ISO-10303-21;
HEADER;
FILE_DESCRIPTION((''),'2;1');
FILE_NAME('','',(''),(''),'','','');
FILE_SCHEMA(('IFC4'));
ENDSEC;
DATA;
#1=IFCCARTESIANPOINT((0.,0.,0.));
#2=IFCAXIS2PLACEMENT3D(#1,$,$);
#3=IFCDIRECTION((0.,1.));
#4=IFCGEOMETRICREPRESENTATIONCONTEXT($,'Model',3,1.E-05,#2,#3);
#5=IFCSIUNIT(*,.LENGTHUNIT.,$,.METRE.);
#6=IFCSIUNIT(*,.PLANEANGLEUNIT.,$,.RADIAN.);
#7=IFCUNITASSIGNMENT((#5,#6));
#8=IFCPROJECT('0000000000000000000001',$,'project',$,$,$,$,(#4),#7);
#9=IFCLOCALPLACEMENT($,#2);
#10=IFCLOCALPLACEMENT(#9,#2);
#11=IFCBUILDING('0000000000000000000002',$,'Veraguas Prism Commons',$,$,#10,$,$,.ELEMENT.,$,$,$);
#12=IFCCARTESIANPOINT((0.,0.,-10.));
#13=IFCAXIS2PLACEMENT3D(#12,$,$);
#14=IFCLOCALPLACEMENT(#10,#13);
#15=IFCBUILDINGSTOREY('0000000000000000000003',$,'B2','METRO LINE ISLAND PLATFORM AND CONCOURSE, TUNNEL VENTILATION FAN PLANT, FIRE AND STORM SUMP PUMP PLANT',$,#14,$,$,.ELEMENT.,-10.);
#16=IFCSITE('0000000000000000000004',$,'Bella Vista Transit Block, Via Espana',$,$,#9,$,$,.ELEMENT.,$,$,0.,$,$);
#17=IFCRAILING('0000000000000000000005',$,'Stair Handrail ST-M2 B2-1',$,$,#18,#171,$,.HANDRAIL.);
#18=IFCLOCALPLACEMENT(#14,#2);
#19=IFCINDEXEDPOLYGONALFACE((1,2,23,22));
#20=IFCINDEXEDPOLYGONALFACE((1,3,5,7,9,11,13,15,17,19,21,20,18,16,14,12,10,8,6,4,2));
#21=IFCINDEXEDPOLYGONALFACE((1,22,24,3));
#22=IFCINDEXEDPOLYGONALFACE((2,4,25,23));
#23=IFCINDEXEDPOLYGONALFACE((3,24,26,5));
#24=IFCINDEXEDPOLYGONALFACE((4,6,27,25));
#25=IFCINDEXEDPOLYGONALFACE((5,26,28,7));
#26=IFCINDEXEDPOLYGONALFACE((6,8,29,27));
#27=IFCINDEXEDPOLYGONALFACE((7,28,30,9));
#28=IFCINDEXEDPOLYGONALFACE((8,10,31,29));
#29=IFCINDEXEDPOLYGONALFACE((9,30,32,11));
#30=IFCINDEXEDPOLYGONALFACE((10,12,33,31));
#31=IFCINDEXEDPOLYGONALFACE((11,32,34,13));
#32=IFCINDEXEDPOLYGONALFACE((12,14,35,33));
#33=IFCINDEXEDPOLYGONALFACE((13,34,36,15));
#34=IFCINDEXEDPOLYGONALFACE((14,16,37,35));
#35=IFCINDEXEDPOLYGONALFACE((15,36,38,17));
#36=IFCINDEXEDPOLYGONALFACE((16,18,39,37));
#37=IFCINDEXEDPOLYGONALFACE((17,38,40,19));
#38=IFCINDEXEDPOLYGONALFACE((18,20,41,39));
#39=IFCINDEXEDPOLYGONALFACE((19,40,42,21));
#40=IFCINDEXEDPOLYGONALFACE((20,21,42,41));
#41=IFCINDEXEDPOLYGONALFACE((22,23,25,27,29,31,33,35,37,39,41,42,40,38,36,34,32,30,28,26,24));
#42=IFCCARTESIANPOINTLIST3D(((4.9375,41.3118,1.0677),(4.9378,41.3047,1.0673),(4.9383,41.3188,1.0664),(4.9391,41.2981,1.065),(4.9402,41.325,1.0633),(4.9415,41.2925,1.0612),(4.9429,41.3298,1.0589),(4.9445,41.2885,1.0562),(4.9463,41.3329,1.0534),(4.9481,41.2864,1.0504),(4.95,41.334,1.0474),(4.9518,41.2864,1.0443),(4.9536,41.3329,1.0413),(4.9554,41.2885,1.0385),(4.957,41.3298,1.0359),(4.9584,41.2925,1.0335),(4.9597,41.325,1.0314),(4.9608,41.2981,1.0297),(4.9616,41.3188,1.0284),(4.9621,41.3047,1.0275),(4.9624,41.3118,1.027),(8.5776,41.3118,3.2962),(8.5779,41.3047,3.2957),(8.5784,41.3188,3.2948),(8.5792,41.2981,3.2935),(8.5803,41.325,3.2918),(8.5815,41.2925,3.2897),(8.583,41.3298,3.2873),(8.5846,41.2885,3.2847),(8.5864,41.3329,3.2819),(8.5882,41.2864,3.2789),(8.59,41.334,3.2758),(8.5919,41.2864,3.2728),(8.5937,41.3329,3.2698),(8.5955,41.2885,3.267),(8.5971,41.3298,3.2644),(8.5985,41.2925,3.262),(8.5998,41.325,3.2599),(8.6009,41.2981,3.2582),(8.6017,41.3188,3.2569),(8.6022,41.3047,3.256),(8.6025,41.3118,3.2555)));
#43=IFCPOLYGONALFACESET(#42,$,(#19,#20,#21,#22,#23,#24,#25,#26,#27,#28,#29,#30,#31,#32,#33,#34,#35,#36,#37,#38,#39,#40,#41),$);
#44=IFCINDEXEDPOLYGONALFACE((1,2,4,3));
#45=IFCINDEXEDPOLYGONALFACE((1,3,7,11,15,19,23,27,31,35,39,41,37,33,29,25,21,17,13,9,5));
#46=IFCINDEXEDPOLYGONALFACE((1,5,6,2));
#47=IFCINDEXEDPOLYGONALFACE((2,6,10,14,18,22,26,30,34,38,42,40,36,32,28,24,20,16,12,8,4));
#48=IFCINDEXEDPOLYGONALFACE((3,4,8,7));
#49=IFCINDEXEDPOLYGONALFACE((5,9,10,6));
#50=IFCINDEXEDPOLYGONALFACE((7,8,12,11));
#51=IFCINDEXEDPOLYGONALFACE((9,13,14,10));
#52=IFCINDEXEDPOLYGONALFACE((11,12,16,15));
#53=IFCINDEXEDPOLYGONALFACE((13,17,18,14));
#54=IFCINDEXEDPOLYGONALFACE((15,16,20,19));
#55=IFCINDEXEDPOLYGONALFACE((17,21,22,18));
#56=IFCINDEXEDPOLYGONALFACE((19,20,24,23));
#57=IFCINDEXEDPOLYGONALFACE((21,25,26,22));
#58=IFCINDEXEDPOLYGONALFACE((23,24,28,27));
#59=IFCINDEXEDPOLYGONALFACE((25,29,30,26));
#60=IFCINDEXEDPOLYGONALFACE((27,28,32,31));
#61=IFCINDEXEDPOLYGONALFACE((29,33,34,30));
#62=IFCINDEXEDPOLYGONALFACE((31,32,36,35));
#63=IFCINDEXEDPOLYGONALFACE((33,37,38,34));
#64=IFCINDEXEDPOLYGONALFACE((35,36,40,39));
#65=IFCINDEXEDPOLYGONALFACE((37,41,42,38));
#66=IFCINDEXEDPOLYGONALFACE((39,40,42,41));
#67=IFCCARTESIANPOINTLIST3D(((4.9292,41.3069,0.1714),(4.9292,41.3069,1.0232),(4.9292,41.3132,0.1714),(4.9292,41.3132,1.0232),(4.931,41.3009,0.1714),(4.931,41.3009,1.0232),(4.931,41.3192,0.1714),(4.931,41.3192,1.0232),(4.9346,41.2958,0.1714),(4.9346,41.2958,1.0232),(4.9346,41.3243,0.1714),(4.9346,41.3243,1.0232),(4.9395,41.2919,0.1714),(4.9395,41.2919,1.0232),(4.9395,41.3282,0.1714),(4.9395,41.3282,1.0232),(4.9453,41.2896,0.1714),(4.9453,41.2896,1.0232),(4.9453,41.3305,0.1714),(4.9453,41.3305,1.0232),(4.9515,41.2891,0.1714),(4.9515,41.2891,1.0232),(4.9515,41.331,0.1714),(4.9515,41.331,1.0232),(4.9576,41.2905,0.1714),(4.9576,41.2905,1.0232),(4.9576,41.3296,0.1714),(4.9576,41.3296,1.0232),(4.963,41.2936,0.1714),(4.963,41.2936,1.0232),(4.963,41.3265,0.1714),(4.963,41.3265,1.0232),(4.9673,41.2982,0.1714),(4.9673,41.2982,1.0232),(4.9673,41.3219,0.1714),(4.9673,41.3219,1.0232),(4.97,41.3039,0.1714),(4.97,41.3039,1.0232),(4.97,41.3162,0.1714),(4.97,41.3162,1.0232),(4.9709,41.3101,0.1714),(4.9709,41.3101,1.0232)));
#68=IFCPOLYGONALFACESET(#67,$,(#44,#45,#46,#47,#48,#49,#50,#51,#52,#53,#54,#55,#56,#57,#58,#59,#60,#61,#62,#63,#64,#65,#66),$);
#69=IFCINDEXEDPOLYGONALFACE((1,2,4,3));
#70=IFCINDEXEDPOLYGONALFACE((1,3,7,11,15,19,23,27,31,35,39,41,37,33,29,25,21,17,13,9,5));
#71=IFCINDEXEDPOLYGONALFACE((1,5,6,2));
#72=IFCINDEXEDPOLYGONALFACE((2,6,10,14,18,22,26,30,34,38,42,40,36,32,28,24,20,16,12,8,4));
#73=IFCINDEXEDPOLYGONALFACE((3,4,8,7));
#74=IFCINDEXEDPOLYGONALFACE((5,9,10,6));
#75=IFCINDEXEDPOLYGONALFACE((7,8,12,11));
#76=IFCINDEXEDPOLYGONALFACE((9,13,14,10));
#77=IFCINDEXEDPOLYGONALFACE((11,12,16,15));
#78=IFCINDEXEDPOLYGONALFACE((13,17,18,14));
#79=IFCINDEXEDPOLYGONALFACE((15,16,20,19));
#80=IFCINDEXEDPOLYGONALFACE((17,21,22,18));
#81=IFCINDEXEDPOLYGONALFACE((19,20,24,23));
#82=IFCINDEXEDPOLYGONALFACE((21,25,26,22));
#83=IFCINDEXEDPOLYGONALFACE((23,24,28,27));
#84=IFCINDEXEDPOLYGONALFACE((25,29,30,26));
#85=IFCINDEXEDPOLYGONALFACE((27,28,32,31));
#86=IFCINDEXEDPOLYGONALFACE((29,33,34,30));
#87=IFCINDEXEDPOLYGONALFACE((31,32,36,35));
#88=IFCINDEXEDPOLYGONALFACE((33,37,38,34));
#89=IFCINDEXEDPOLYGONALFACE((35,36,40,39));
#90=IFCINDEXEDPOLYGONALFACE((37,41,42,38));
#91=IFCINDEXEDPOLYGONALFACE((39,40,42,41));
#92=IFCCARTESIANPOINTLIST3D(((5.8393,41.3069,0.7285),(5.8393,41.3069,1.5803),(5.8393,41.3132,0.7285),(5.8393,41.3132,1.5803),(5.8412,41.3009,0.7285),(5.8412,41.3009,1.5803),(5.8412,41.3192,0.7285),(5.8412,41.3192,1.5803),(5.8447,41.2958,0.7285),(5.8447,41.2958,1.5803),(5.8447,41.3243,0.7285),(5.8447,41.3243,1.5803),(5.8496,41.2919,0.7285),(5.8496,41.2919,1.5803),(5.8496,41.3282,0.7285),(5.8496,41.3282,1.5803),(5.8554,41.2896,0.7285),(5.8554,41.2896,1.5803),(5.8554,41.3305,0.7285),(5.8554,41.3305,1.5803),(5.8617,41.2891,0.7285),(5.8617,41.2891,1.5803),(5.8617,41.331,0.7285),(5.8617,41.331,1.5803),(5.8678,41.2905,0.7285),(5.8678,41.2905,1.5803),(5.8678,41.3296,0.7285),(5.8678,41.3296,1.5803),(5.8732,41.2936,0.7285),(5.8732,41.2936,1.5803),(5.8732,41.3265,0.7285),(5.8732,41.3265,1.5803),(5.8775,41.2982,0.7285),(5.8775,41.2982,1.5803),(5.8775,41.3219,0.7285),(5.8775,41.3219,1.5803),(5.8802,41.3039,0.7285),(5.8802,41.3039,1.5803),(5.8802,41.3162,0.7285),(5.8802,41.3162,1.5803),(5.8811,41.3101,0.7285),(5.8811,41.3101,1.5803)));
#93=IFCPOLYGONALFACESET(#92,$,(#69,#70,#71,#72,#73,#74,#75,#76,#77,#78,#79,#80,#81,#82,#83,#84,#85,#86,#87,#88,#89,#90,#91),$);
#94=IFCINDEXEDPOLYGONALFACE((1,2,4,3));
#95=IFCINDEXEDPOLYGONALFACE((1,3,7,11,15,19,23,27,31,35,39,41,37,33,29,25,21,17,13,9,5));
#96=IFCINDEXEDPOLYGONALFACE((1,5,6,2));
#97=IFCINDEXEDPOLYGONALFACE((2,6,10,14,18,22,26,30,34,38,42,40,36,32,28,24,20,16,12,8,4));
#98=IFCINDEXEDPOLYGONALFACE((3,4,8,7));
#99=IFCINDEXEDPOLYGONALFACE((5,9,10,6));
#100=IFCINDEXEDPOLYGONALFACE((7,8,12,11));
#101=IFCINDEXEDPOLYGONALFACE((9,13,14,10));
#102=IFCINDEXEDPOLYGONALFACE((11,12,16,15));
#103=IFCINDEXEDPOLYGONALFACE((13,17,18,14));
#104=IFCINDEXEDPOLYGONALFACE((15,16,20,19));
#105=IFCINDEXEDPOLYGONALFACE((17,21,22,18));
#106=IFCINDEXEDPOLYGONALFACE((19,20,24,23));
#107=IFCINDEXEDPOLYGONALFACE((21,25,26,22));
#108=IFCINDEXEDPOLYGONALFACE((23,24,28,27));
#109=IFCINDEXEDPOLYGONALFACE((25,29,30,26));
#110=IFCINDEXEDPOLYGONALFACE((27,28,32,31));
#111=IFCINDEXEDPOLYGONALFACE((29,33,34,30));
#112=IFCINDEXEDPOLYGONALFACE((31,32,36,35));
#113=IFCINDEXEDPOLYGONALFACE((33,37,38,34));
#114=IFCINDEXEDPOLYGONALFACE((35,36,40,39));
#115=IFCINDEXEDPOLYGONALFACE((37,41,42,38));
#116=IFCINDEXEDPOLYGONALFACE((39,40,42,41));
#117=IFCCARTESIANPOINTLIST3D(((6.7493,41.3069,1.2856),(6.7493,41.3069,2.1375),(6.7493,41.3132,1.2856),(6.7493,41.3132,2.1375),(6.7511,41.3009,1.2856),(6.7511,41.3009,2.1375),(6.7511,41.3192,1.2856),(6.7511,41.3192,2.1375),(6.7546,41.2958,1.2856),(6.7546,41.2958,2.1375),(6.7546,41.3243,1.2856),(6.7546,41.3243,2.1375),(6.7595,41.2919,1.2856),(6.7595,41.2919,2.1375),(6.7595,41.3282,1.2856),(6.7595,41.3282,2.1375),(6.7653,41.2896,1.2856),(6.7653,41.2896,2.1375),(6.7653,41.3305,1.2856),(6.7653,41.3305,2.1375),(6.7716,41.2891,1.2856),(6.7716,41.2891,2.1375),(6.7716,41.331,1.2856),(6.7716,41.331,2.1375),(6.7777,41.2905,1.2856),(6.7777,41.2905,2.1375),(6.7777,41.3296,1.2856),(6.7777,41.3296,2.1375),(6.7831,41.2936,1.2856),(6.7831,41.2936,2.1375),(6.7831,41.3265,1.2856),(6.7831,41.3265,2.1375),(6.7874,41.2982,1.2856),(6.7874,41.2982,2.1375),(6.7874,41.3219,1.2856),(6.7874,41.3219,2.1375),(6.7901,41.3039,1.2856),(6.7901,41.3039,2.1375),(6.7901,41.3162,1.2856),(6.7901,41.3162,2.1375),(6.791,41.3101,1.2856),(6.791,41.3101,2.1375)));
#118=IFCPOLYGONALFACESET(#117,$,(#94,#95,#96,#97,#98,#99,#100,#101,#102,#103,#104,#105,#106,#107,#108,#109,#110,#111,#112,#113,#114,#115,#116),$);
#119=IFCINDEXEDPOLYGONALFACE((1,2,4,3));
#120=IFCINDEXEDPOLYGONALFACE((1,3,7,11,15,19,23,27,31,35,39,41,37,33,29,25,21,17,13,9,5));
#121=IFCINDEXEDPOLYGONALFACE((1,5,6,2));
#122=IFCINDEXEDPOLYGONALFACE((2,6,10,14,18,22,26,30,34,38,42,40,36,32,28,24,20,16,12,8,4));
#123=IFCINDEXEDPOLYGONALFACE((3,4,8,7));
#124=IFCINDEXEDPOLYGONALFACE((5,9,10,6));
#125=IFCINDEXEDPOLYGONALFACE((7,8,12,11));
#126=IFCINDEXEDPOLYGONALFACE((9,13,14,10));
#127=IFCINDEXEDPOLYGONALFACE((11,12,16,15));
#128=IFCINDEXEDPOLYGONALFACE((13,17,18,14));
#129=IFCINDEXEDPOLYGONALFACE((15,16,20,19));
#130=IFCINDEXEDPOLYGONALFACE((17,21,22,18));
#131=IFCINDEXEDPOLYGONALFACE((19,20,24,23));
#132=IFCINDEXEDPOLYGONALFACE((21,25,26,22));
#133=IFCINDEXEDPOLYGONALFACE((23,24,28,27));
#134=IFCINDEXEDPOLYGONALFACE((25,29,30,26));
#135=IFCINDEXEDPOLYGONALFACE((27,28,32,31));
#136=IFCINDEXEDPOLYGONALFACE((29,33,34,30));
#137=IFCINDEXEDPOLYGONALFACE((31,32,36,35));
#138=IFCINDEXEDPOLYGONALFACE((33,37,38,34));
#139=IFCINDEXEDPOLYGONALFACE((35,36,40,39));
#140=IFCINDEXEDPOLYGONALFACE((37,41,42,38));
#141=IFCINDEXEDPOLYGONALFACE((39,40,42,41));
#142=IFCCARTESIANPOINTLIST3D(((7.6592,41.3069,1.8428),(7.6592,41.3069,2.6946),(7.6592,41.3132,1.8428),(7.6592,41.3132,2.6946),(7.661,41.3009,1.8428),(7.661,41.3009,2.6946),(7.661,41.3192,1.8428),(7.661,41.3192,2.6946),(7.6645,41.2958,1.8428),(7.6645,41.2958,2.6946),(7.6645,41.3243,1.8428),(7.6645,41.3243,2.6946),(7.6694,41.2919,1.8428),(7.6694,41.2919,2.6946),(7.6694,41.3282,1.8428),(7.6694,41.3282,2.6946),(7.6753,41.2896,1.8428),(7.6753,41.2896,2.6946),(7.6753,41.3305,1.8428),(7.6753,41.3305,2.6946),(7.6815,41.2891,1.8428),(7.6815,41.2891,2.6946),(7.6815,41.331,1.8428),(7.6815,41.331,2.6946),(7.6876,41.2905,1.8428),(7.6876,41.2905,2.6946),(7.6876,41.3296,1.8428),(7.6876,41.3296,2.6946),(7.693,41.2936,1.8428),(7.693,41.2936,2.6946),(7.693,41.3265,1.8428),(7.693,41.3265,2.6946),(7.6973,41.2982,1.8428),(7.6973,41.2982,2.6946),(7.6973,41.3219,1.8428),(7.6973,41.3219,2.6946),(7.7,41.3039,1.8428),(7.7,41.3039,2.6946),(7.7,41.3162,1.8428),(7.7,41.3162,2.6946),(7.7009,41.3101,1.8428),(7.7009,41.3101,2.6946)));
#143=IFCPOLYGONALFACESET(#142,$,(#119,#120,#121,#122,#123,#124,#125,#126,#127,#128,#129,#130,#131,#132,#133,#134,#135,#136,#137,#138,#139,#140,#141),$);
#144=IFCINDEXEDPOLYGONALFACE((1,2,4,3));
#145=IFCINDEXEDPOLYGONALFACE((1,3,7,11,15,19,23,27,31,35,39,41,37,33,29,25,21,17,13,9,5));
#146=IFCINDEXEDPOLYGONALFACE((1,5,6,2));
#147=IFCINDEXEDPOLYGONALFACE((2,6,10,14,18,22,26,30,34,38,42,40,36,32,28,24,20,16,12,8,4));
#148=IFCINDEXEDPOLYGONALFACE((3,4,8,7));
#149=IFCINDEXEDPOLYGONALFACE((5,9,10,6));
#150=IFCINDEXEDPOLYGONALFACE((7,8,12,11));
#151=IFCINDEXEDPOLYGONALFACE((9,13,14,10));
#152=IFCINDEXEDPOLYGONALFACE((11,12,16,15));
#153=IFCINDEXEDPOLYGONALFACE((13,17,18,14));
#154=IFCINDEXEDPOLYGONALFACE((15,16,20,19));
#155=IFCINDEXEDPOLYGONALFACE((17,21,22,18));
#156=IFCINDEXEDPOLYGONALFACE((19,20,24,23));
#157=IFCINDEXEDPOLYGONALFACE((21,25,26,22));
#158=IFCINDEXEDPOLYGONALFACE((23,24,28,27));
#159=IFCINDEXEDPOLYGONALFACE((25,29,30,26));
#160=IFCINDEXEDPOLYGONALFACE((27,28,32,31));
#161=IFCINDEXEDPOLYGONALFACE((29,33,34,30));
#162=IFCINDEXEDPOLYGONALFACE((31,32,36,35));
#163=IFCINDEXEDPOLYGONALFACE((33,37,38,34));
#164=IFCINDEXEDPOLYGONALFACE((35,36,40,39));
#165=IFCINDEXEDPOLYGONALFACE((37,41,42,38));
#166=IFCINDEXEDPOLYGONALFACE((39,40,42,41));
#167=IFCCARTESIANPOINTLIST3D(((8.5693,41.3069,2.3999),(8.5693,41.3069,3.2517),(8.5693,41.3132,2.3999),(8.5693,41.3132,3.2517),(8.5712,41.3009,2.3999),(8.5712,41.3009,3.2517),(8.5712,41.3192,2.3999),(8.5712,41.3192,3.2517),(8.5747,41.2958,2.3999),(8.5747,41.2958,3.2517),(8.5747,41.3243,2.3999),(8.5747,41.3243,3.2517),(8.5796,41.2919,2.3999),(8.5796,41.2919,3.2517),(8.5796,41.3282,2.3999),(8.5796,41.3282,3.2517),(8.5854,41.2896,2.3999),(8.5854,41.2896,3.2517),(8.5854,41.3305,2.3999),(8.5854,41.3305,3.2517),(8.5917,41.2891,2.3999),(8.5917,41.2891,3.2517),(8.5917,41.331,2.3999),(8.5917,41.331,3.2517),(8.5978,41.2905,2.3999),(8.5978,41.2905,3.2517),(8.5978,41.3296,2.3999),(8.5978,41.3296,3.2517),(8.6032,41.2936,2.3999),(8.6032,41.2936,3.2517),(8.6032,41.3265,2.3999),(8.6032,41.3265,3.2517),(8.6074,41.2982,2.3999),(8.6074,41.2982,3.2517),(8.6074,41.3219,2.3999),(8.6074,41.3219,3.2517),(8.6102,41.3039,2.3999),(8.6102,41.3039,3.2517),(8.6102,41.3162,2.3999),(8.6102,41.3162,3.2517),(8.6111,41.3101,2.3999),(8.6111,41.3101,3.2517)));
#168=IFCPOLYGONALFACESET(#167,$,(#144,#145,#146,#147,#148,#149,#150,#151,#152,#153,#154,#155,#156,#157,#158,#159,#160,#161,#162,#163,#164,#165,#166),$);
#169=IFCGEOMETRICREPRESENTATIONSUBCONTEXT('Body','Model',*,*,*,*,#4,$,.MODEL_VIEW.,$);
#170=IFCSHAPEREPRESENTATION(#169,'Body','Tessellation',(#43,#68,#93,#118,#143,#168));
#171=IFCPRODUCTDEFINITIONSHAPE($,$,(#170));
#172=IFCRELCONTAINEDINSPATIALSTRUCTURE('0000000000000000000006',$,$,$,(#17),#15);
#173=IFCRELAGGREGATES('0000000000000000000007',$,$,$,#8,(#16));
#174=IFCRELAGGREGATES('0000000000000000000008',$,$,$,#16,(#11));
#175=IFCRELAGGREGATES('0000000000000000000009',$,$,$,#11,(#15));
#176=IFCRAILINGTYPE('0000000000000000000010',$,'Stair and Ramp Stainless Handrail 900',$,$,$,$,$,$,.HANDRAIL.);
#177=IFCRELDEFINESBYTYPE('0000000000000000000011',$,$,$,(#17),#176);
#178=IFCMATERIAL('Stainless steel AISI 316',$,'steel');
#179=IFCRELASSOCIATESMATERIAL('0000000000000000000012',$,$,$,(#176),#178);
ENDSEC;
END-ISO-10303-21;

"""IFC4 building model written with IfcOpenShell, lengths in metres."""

from ifc_helpers import new_model, si_unit, direction, frame, origin, origin_2d, place, context, subcontext, project, spatial, circle, extrude, material, type_object, element, save


model = new_model("IFC4")

# Units and contexts
model_context = context("Model", 3, precision=1e-05, world=origin(), true_north=direction((0.0, 1.0)))
body_context = subcontext(model_context, "Body", "Model", "MODEL_VIEW")
ifc_project = project(units=[si_unit("LENGTHUNIT", "METRE"), si_unit("PLANEANGLEUNIT", "RADIAN")], contexts=[model_context])

# Site, building, storey
site_placement = place(None, origin())
site = spatial("IfcSite", under=ifc_project, at=site_placement, Name="Bella Vista Transit Block, Via Espana", CompositionType="ELEMENT", RefElevation=0.0)
building_placement = place(site_placement, origin())
building = spatial("IfcBuilding", under=site, at=building_placement, Name="Veraguas Prism Commons", CompositionType="ELEMENT")
storey_placement = place(building_placement, frame((0.0, 0.0, -10.0)))
storey = spatial("IfcBuildingStorey", under=building, at=storey_placement, Name="B2", Description="METRO LINE ISLAND PLATFORM AND CONCOURSE, TUNNEL VENTILATION FAN PLANT, FIRE AND STORM SUMP PUMP PLANT", CompositionType="ELEMENT", Elevation=-10.0)

# Railing
ifc_material_1 = material(Name="Stainless steel AISI 316", Category="steel")
railing_type_1 = type_object("IfcRailingType", Name="Stair and Ramp Stainless Handrail 900", PredefinedType="HANDRAIL", material=ifc_material_1)
railing_1_placement = place(storey_placement, frame((4.95, 41.3101, 0.1714)))
element("IfcRailing", 1, at=railing_1_placement, inside=storey, type_object=railing_type_1, Name="Stair Handrail ST-M2 B2-1", PredefinedType="HANDRAIL", context=body_context, shape_type="SweptSolid", body=[
    extrude(circle(Radius=0.0239, at=origin_2d()), frame((0.0, 0.0, 0.876), z_axis=(0.852866, 0.0, 0.52213), x_axis=(0.0, 1.0, 0.0)), (0.0, 0.0, 1.0), 4.2681),
    extrude(circle(Radius=0.021, at=origin_2d()), origin(), (0.0, 0.0, 1.0), 0.8518),
    extrude(circle(Radius=0.021, at=origin_2d()), frame((0.9102, 0.0, 0.5571)), (0.0, 0.0, 1.0), 0.8518),
    extrude(circle(Radius=0.021, at=origin_2d()), frame((1.8201, 0.0, 1.1143)), (0.0, 0.0, 1.0), 0.8518),
    extrude(circle(Radius=0.021, at=origin_2d()), frame((2.73, 0.0, 1.6714)), (0.0, 0.0, 1.0), 0.8518),
    extrude(circle(Radius=0.021, at=origin_2d()), frame((3.6401, 0.0, 2.2285)), (0.0, 0.0, 1.0), 0.8518),
])

save(model, "model.ifc")
